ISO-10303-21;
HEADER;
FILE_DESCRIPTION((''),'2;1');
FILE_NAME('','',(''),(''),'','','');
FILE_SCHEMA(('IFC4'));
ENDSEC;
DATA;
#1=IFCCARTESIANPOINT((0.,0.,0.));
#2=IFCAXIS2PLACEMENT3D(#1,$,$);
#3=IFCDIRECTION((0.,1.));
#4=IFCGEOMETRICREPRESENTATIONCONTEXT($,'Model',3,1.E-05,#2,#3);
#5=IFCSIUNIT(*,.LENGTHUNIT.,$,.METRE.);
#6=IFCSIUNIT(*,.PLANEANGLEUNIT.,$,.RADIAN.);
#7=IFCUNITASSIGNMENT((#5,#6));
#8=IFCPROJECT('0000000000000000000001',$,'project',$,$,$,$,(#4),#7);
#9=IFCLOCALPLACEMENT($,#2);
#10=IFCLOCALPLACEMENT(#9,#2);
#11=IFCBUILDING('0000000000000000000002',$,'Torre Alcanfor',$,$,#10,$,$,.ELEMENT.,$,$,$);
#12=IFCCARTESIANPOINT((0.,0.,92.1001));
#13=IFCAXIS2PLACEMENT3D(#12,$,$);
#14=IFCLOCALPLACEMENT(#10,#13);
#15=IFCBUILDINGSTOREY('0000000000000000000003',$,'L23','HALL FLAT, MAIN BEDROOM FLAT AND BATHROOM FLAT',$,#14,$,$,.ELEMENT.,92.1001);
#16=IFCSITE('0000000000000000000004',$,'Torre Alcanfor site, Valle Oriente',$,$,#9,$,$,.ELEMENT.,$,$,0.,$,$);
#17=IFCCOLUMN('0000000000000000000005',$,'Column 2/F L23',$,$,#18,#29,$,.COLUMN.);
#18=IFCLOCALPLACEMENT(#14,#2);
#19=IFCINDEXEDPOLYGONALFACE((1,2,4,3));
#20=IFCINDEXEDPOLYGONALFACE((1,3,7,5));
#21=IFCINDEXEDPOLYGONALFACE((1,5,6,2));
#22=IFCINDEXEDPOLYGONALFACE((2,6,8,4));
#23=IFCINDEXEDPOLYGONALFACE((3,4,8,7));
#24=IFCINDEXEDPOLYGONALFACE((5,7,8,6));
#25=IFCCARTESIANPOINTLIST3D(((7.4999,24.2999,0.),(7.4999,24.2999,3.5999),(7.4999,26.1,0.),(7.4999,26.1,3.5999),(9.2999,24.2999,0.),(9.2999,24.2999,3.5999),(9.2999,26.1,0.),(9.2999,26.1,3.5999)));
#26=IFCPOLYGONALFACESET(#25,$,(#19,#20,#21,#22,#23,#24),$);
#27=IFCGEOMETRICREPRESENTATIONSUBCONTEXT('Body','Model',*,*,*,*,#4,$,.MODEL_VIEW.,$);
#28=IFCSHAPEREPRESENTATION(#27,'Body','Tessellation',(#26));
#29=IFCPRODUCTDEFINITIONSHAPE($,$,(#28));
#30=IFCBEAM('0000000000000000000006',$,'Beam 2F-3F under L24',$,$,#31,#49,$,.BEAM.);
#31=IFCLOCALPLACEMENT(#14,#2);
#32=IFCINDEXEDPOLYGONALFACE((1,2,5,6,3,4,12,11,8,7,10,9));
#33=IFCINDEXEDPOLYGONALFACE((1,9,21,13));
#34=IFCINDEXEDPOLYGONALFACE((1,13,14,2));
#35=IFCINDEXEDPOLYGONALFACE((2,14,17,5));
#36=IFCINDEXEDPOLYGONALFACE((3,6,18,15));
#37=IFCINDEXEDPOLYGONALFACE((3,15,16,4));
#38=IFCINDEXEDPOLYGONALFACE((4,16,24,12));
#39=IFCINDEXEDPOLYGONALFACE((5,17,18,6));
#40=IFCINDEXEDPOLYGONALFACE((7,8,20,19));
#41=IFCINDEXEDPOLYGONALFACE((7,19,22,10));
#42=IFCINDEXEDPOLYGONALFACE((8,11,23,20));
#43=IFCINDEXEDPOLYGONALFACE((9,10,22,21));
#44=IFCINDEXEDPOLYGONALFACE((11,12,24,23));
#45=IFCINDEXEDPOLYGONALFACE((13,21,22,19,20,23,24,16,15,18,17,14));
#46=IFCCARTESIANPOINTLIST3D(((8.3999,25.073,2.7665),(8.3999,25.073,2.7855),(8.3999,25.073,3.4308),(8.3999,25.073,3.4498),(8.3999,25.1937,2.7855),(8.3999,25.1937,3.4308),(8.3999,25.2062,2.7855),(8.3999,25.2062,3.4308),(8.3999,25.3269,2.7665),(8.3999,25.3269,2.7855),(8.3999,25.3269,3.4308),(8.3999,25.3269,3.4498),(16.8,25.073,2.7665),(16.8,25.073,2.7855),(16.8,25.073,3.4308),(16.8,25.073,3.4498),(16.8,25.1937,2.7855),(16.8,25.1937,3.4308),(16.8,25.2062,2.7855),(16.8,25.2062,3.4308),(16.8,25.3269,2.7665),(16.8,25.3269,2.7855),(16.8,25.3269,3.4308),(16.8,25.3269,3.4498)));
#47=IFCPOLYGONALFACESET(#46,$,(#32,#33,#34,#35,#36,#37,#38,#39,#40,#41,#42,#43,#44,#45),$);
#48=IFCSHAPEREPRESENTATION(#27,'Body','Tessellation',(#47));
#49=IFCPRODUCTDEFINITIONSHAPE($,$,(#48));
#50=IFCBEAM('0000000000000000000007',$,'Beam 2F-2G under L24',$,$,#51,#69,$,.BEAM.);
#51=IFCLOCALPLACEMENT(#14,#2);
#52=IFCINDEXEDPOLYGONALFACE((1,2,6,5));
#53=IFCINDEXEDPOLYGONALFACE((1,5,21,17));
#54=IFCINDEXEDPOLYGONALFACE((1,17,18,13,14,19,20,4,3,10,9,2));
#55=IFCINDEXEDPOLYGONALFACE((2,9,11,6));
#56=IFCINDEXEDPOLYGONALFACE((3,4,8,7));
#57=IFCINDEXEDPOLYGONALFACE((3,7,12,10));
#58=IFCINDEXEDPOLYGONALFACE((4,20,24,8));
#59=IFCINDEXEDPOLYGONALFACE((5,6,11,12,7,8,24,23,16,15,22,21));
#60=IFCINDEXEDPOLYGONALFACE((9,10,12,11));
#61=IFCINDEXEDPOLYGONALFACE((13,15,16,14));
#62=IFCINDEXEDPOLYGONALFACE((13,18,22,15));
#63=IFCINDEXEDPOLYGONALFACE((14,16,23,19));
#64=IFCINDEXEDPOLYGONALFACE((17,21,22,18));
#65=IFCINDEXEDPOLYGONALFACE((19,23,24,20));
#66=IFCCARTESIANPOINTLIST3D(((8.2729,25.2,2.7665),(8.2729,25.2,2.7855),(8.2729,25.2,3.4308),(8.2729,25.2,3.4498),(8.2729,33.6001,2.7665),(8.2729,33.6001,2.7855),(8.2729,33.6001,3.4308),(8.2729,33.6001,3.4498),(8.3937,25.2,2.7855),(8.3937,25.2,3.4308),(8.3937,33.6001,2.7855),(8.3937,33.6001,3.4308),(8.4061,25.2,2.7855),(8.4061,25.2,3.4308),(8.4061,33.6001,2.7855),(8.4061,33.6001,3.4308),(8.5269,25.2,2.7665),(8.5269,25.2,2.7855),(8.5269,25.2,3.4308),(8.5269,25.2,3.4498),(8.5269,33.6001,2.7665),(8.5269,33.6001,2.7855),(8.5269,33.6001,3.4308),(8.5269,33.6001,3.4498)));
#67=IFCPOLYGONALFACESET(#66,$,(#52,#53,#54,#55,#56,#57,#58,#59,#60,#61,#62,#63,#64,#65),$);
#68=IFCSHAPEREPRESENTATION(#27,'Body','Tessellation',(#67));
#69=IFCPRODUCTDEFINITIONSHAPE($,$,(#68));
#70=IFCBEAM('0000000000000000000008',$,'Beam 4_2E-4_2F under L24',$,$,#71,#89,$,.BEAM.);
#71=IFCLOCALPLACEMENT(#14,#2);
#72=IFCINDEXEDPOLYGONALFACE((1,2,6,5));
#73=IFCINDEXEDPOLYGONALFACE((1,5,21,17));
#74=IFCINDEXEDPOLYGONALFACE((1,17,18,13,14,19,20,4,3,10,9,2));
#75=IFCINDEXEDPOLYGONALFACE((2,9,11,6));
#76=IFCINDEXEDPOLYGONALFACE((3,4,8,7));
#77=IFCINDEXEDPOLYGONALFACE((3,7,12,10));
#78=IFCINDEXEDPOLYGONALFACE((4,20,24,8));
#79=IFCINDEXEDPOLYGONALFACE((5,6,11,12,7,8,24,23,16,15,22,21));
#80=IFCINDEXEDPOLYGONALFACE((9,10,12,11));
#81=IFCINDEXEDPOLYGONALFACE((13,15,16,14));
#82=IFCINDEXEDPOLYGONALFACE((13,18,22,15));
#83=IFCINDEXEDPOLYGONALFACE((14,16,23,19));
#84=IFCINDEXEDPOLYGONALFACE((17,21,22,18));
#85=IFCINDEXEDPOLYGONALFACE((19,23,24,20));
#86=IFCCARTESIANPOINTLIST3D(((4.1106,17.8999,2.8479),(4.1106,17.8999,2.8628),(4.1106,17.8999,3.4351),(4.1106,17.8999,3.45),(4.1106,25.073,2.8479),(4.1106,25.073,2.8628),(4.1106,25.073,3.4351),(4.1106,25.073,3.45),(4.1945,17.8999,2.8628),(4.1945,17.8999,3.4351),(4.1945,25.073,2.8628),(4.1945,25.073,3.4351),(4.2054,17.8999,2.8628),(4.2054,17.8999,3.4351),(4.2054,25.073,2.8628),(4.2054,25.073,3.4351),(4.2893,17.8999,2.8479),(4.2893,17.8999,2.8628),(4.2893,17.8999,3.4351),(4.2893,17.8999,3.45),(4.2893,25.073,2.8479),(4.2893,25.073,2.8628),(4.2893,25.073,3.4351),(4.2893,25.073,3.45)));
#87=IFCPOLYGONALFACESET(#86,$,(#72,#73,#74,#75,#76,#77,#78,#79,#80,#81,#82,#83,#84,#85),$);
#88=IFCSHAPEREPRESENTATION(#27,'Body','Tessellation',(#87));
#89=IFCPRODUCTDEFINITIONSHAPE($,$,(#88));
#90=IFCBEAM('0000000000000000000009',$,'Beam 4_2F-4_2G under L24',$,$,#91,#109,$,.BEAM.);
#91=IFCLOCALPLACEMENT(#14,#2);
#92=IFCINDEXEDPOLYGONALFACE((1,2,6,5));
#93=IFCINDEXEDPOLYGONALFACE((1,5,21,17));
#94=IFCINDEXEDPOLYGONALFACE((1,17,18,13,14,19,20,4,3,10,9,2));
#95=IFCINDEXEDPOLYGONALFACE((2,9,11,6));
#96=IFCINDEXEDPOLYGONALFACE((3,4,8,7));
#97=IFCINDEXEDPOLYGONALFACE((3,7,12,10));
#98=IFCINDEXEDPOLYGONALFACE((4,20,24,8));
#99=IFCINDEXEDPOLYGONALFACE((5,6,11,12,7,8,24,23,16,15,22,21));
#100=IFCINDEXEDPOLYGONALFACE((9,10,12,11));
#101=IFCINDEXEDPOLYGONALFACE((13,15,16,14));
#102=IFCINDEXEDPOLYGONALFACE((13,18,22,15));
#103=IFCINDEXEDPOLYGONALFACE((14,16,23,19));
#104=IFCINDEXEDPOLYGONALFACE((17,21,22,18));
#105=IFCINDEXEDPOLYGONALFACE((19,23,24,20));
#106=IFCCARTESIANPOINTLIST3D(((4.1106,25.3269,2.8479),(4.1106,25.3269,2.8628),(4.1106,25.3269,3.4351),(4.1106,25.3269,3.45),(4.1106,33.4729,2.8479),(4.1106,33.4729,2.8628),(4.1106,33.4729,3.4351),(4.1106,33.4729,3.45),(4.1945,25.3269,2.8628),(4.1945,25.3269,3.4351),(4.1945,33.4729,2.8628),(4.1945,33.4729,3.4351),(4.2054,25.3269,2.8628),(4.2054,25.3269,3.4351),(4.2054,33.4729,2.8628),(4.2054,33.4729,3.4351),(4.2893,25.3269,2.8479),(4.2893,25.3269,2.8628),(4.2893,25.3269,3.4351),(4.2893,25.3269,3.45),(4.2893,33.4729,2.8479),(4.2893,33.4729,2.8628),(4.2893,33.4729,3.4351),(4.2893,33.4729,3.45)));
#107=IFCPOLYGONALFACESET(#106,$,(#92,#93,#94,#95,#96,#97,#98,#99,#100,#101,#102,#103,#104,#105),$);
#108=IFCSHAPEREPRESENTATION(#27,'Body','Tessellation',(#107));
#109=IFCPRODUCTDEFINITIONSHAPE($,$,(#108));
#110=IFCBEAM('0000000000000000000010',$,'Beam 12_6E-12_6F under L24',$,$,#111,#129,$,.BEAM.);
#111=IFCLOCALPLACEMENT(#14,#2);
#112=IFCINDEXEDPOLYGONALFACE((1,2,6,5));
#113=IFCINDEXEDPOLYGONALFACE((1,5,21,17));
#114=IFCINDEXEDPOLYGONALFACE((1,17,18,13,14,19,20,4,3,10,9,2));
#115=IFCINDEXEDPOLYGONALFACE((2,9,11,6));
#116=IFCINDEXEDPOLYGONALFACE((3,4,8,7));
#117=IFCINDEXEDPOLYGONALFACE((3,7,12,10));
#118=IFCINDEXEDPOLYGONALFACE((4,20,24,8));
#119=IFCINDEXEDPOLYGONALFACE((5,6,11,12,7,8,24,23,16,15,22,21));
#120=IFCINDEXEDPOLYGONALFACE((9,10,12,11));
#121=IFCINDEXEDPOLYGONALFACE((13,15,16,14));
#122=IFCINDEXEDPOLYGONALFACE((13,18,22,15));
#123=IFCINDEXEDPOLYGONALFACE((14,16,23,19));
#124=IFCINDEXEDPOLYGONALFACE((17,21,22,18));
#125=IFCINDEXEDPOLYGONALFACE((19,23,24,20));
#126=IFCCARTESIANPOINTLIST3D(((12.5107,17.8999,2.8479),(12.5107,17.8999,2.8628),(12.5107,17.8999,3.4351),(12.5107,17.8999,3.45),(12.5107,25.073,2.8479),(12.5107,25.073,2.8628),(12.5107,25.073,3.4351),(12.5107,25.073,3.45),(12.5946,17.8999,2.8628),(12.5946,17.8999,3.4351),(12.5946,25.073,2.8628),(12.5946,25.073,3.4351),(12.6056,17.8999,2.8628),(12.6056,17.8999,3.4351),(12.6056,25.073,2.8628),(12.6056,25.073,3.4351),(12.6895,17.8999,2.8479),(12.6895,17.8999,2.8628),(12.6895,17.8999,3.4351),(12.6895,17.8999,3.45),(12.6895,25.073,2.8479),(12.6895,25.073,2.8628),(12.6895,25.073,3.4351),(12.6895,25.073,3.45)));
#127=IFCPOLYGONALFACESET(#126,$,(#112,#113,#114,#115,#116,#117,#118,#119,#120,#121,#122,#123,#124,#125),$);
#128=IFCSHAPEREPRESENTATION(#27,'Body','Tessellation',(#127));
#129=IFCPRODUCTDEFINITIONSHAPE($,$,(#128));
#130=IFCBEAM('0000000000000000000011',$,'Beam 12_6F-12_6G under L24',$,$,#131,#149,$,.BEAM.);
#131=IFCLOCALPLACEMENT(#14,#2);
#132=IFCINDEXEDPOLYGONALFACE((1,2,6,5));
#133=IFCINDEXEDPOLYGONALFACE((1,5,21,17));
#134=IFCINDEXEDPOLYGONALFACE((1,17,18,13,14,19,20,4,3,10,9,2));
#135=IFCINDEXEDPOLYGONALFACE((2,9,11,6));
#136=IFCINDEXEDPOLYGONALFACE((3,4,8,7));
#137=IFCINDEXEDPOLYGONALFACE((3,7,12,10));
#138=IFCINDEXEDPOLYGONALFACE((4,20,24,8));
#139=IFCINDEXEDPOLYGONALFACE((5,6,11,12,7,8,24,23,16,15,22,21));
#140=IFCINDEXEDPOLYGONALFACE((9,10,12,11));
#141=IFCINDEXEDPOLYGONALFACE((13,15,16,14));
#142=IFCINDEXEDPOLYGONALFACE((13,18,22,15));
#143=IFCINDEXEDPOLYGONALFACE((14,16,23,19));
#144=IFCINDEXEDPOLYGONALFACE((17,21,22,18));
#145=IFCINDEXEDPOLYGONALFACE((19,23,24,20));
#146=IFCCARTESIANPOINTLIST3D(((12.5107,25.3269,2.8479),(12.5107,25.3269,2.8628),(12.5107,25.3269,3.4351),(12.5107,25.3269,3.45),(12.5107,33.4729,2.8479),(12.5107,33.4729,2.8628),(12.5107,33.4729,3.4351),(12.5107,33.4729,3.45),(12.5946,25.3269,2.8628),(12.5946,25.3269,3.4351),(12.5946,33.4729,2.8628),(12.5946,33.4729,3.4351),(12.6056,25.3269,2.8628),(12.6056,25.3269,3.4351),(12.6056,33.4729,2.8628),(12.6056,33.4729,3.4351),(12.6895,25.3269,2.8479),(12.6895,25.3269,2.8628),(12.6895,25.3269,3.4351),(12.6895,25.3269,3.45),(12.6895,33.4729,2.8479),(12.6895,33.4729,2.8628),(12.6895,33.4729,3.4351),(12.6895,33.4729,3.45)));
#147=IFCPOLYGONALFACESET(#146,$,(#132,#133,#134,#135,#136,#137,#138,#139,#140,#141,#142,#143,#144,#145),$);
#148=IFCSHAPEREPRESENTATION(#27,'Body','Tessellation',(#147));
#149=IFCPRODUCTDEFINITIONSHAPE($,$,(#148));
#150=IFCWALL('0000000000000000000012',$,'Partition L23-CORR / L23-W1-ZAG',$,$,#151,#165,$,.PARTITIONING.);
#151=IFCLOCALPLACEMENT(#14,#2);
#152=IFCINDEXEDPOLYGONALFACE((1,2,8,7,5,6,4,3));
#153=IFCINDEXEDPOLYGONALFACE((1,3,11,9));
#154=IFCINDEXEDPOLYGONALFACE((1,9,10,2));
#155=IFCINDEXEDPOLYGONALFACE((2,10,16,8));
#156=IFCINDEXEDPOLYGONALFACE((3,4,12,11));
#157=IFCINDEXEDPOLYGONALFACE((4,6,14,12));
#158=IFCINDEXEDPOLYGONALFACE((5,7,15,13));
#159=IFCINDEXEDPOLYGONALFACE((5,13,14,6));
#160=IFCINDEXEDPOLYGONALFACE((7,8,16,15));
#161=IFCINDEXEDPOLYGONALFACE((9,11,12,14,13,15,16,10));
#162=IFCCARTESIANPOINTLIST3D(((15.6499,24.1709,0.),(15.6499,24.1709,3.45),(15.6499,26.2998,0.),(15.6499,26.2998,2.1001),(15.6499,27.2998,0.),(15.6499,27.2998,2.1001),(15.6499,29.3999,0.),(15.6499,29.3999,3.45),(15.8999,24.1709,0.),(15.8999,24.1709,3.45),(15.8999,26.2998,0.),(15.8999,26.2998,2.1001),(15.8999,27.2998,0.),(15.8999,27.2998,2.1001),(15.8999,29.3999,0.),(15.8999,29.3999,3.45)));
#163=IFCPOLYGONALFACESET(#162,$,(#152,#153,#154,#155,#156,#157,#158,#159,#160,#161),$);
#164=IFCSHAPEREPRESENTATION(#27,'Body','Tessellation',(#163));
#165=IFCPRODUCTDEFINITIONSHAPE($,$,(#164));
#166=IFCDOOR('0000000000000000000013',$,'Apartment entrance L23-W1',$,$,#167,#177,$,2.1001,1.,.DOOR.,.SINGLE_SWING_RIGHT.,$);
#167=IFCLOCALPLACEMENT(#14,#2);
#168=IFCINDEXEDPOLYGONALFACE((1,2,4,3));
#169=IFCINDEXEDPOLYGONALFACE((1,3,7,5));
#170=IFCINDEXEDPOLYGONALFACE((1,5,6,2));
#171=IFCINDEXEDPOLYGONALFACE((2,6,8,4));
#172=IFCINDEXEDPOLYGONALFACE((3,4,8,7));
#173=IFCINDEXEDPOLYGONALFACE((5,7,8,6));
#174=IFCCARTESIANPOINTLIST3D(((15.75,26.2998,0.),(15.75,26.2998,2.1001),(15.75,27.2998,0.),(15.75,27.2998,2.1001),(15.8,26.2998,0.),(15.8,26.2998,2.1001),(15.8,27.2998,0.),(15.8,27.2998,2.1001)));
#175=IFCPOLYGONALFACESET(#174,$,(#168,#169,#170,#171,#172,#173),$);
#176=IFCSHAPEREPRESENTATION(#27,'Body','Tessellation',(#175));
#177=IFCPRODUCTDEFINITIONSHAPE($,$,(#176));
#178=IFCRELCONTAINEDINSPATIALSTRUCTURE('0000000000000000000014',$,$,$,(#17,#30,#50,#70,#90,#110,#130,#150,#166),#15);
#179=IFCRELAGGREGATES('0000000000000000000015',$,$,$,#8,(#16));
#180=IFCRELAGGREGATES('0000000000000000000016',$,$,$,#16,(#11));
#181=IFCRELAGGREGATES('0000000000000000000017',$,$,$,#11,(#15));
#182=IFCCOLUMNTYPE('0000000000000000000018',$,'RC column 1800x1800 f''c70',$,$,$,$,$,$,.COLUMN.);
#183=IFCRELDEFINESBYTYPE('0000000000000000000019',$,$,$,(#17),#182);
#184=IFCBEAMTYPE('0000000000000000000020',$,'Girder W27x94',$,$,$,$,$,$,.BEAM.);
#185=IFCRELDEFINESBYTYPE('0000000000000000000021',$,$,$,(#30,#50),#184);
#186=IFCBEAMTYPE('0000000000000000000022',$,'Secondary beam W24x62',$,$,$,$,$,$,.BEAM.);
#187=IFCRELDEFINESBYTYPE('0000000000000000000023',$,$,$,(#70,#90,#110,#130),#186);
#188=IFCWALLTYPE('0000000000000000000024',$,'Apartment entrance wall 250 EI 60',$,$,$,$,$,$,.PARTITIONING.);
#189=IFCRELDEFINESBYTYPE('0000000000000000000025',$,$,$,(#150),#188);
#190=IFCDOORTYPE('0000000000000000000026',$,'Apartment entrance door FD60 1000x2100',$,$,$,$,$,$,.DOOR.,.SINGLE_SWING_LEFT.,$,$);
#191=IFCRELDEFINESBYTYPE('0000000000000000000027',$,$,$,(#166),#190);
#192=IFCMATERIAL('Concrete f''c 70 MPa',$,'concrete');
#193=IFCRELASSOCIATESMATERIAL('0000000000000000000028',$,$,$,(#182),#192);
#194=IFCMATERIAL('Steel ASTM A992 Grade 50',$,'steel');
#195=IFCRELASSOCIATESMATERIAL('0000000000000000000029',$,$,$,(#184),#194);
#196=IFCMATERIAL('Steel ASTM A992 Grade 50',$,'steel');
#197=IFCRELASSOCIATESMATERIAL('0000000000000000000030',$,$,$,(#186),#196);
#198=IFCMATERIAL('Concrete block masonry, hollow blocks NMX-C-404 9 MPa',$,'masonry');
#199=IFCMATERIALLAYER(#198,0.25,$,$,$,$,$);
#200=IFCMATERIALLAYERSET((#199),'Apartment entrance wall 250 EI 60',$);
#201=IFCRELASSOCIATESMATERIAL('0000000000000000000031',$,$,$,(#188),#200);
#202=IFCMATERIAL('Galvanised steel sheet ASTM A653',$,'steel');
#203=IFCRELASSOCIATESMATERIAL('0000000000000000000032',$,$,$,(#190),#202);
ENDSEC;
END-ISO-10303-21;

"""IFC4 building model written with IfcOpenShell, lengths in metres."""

from ifc_helpers import new_model, si_unit, direction, frame, frame_2d, origin, origin_2d, place, context, subcontext, project, spatial, rectangle, i_section, extrude, material, layer, layer_set, material_profile, profile_set, type_object, element, fill, save


model = new_model("IFC4")

# Units and contexts
model_context = context("Model", 3, precision=1e-05, world=origin(), true_north=direction((0.0, 1.0)))
body_context = subcontext(model_context, "Body", "Model", "MODEL_VIEW")
ifc_project = project(units=[si_unit("LENGTHUNIT", "METRE"), si_unit("PLANEANGLEUNIT", "RADIAN")], contexts=[model_context])

# Site, building, storey
site_placement = place(None, origin())
site = spatial("IfcSite", under=ifc_project, at=site_placement, Name="Torre Alcanfor site, Valle Oriente", CompositionType="ELEMENT", RefElevation=0.0)
building_placement = place(site_placement, origin())
building = spatial("IfcBuilding", under=site, at=building_placement, Name="Torre Alcanfor", CompositionType="ELEMENT")
storey_placement = place(building_placement, frame((0.0, 0.0, 92.1001)))
storey = spatial("IfcBuildingStorey", under=building, at=storey_placement, Name="L23", Description="HALL FLAT, MAIN BEDROOM FLAT AND BATHROOM FLAT", CompositionType="ELEMENT", Elevation=92.1001)

# Column
ifc_material_1 = material(Name="Concrete f'c 70 MPa", Category="concrete")
ifc_material_profile_1 = material_profile(ifc_material_1, rectangle(XDim=1.8, YDim=1.8, at=origin_2d()), Name="1800x1800")
ifc_profile_set_1 = profile_set([ifc_material_profile_1], Name="Concrete f'c 70 MPa")
column_type = type_object("IfcColumnType", Name="RC column 1800x1800 f'c70", PredefinedType="COLUMN", material=ifc_profile_set_1)
column_placement = place(storey_placement, frame((8.3999, 25.2, 0.0), z_axis=(0.0, 0.0, 1.0), x_axis=(1.0, 0.0, 0.0)))
element("IfcColumn", 1, at=column_placement, inside=storey, type_object=column_type, Name="Column 2/F L23", PredefinedType="COLUMN", context=body_context, shape_type="SweptSolid", body=[
    extrude(rectangle(XDim=1.8, YDim=1.8, at=origin_2d()), origin(), (0.0, 0.0, 1.0), 3.5999),
])

# Beams
ifc_material_2 = material(Name="Steel ASTM A992 Grade 50", Category="steel")
ifc_material_profile_2 = material_profile(ifc_material_2, i_section(OverallWidth=0.2539, OverallDepth=0.6833, WebThickness=0.0125, FlangeThickness=0.019, at=origin_2d()), Name="W27x94")
ifc_profile_set_2 = profile_set([ifc_material_profile_2], Name="Steel ASTM A992 Grade 50")
beam_type_1 = type_object("IfcBeamType", Name="Girder W27x94", PredefinedType="BEAM", material=ifc_profile_set_2)
for number, where, z_axis, x_axis, name in (
    (2, (8.3999, 25.2, 3.1082), (1.0, 0.0, 0.0), (0.0, 1.0, 0.0), "Beam 2F-3F under L24"),
    (3, (8.3999, 25.2, 3.1082), (0.0, 1.0, 0.0), (-1.0, 0.0, 0.0), "Beam 2F-2G under L24"),
):
    element("IfcBeam", number, at=place(storey_placement, frame(where, z_axis=z_axis, x_axis=x_axis)), inside=storey, type_object=beam_type_1, Name=name, PredefinedType="BEAM", context=body_context, shape_type="SweptSolid", body=[
        extrude(i_section(OverallWidth=0.2539, OverallDepth=0.6833, WebThickness=0.0125, FlangeThickness=0.019, at=origin_2d()), origin(), (0.0, 0.0, 1.0), 8.4001),
    ])
ifc_material_3 = material(Name="Steel ASTM A992 Grade 50", Category="steel")
ifc_material_profile_3 = material_profile(ifc_material_3, i_section(OverallWidth=0.1787, OverallDepth=0.6021, WebThickness=0.011, FlangeThickness=0.0149, at=origin_2d()), Name="W24x62")
ifc_profile_set_3 = profile_set([ifc_material_profile_3], Name="Steel ASTM A992 Grade 50")
beam_type_2 = type_object("IfcBeamType", Name="Secondary beam W24x62", PredefinedType="BEAM", material=ifc_profile_set_3)
beam_1_placement = place(storey_placement, frame((4.2, 17.8999, 3.1489), z_axis=(0.0, 1.0, 0.0), x_axis=(-1.0, 0.0, 0.0)))
element("IfcBeam", 4, at=beam_1_placement, inside=storey, type_object=beam_type_2, Name="Beam 4_2E-4_2F under L24", PredefinedType="BEAM", context=body_context, shape_type="SweptSolid", body=[
    extrude(i_section(OverallWidth=0.1787, OverallDepth=0.6021, WebThickness=0.011, FlangeThickness=0.0149, at=origin_2d()), origin(), (0.0, 0.0, 1.0), 7.1731),
])
beam_2_placement = place(storey_placement, frame((4.2, 25.3269, 3.1489), z_axis=(0.0, 1.0, 0.0), x_axis=(-1.0, 0.0, 0.0)))
element("IfcBeam", 5, at=beam_2_placement, inside=storey, type_object=beam_type_2, Name="Beam 4_2F-4_2G under L24", PredefinedType="BEAM", context=body_context, shape_type="SweptSolid", body=[
    extrude(i_section(OverallWidth=0.1787, OverallDepth=0.6021, WebThickness=0.011, FlangeThickness=0.0149, at=origin_2d()), origin(), (0.0, 0.0, 1.0), 8.146),
])
beam_3_placement = place(storey_placement, frame((12.6001, 17.8999, 3.1489), z_axis=(0.0, 1.0, 0.0), x_axis=(-1.0, 0.0, 0.0)))
element("IfcBeam", 6, at=beam_3_placement, inside=storey, type_object=beam_type_2, Name="Beam 12_6E-12_6F under L24", PredefinedType="BEAM", context=body_context, shape_type="SweptSolid", body=[
    extrude(i_section(OverallWidth=0.1787, OverallDepth=0.6021, WebThickness=0.011, FlangeThickness=0.0149, at=origin_2d()), origin(), (0.0, 0.0, 1.0), 7.1731),
])
beam_4_placement = place(storey_placement, frame((12.6001, 25.3269, 3.1489), z_axis=(0.0, 1.0, 0.0), x_axis=(-1.0, 0.0, 0.0)))
element("IfcBeam", 7, at=beam_4_placement, inside=storey, type_object=beam_type_2, Name="Beam 12_6F-12_6G under L24", PredefinedType="BEAM", context=body_context, shape_type="SweptSolid", body=[
    extrude(i_section(OverallWidth=0.1787, OverallDepth=0.6021, WebThickness=0.011, FlangeThickness=0.0149, at=origin_2d()), origin(), (0.0, 0.0, 1.0), 8.146),
])

# Wall, opening, door
ifc_material_4 = material(Name="Concrete block masonry, hollow blocks NMX-C-404 9 MPa", Category="masonry")
ifc_layer_1 = layer(ifc_material_4, 0.25)
ifc_layer_set_1 = layer_set([ifc_layer_1], Name="Apartment entrance wall 250 EI 60")
wall_type_1 = type_object("IfcWallType", Name="Apartment entrance wall 250 EI 60", PredefinedType="PARTITIONING", material=ifc_layer_set_1)
wall_1_placement = place(storey_placement, frame((15.7749, 24.1709, 0.0), z_axis=(0.0, 0.0, 1.0), x_axis=(0.0, 1.0, 0.0)))
wall_1 = element("IfcWall", 8, at=wall_1_placement, inside=storey, type_object=wall_type_1, Name="Partition L23-CORR / L23-W1-ZAG", PredefinedType="PARTITIONING", context=body_context, shape_type="SweptSolid", body=[
    extrude(rectangle(XDim=5.229, YDim=0.25, at=frame_2d((2.6145, 0.0))), origin(), (0.0, 0.0, 1.0), 3.45),
])
opening_1_placement = place(wall_1_placement, frame((2.1289, 0.0, 0.0)))
opening_1 = element("IfcOpeningElement", 9, at=opening_1_placement, cuts=wall_1, PredefinedType="OPENING", context=body_context, shape_type="SweptSolid", body=[
    extrude(rectangle(XDim=1.0, YDim=2.1001, at=frame_2d((0.5, 1.05))), frame((0.0, 0.135, 0.0), z_axis=(0.0, -1.0, 0.0), x_axis=(1.0, 0.0, 0.0)), (0.0, 0.0, 1.0), 0.27),
])
ifc_material_5 = material(Name="Galvanised steel sheet ASTM A653", Category="steel")
door_type_1 = type_object("IfcDoorType", Name="Apartment entrance door FD60 1000x2100", OperationType="SINGLE_SWING_LEFT", PredefinedType="DOOR", material=ifc_material_5)
door_1_placement = place(opening_1_placement, origin())
door_1 = element("IfcDoor", 10, at=door_1_placement, inside=storey, type_object=door_type_1, Name="Apartment entrance L23-W1", OperationType="SINGLE_SWING_RIGHT", OverallHeight=2.1001, OverallWidth=1.0, PredefinedType="DOOR", context=body_context, shape_type="SweptSolid", body=[
    extrude(rectangle(XDim=1.0, YDim=2.1001, at=frame_2d((0.5, 1.05))), frame((0.0, 0.0249, 0.0), z_axis=(0.0, -1.0, 0.0), x_axis=(1.0, 0.0, 0.0)), (0.0, 0.0, 1.0), 0.05),
])
fill(opening_1, door_1)

save(model, "model.ifc")
